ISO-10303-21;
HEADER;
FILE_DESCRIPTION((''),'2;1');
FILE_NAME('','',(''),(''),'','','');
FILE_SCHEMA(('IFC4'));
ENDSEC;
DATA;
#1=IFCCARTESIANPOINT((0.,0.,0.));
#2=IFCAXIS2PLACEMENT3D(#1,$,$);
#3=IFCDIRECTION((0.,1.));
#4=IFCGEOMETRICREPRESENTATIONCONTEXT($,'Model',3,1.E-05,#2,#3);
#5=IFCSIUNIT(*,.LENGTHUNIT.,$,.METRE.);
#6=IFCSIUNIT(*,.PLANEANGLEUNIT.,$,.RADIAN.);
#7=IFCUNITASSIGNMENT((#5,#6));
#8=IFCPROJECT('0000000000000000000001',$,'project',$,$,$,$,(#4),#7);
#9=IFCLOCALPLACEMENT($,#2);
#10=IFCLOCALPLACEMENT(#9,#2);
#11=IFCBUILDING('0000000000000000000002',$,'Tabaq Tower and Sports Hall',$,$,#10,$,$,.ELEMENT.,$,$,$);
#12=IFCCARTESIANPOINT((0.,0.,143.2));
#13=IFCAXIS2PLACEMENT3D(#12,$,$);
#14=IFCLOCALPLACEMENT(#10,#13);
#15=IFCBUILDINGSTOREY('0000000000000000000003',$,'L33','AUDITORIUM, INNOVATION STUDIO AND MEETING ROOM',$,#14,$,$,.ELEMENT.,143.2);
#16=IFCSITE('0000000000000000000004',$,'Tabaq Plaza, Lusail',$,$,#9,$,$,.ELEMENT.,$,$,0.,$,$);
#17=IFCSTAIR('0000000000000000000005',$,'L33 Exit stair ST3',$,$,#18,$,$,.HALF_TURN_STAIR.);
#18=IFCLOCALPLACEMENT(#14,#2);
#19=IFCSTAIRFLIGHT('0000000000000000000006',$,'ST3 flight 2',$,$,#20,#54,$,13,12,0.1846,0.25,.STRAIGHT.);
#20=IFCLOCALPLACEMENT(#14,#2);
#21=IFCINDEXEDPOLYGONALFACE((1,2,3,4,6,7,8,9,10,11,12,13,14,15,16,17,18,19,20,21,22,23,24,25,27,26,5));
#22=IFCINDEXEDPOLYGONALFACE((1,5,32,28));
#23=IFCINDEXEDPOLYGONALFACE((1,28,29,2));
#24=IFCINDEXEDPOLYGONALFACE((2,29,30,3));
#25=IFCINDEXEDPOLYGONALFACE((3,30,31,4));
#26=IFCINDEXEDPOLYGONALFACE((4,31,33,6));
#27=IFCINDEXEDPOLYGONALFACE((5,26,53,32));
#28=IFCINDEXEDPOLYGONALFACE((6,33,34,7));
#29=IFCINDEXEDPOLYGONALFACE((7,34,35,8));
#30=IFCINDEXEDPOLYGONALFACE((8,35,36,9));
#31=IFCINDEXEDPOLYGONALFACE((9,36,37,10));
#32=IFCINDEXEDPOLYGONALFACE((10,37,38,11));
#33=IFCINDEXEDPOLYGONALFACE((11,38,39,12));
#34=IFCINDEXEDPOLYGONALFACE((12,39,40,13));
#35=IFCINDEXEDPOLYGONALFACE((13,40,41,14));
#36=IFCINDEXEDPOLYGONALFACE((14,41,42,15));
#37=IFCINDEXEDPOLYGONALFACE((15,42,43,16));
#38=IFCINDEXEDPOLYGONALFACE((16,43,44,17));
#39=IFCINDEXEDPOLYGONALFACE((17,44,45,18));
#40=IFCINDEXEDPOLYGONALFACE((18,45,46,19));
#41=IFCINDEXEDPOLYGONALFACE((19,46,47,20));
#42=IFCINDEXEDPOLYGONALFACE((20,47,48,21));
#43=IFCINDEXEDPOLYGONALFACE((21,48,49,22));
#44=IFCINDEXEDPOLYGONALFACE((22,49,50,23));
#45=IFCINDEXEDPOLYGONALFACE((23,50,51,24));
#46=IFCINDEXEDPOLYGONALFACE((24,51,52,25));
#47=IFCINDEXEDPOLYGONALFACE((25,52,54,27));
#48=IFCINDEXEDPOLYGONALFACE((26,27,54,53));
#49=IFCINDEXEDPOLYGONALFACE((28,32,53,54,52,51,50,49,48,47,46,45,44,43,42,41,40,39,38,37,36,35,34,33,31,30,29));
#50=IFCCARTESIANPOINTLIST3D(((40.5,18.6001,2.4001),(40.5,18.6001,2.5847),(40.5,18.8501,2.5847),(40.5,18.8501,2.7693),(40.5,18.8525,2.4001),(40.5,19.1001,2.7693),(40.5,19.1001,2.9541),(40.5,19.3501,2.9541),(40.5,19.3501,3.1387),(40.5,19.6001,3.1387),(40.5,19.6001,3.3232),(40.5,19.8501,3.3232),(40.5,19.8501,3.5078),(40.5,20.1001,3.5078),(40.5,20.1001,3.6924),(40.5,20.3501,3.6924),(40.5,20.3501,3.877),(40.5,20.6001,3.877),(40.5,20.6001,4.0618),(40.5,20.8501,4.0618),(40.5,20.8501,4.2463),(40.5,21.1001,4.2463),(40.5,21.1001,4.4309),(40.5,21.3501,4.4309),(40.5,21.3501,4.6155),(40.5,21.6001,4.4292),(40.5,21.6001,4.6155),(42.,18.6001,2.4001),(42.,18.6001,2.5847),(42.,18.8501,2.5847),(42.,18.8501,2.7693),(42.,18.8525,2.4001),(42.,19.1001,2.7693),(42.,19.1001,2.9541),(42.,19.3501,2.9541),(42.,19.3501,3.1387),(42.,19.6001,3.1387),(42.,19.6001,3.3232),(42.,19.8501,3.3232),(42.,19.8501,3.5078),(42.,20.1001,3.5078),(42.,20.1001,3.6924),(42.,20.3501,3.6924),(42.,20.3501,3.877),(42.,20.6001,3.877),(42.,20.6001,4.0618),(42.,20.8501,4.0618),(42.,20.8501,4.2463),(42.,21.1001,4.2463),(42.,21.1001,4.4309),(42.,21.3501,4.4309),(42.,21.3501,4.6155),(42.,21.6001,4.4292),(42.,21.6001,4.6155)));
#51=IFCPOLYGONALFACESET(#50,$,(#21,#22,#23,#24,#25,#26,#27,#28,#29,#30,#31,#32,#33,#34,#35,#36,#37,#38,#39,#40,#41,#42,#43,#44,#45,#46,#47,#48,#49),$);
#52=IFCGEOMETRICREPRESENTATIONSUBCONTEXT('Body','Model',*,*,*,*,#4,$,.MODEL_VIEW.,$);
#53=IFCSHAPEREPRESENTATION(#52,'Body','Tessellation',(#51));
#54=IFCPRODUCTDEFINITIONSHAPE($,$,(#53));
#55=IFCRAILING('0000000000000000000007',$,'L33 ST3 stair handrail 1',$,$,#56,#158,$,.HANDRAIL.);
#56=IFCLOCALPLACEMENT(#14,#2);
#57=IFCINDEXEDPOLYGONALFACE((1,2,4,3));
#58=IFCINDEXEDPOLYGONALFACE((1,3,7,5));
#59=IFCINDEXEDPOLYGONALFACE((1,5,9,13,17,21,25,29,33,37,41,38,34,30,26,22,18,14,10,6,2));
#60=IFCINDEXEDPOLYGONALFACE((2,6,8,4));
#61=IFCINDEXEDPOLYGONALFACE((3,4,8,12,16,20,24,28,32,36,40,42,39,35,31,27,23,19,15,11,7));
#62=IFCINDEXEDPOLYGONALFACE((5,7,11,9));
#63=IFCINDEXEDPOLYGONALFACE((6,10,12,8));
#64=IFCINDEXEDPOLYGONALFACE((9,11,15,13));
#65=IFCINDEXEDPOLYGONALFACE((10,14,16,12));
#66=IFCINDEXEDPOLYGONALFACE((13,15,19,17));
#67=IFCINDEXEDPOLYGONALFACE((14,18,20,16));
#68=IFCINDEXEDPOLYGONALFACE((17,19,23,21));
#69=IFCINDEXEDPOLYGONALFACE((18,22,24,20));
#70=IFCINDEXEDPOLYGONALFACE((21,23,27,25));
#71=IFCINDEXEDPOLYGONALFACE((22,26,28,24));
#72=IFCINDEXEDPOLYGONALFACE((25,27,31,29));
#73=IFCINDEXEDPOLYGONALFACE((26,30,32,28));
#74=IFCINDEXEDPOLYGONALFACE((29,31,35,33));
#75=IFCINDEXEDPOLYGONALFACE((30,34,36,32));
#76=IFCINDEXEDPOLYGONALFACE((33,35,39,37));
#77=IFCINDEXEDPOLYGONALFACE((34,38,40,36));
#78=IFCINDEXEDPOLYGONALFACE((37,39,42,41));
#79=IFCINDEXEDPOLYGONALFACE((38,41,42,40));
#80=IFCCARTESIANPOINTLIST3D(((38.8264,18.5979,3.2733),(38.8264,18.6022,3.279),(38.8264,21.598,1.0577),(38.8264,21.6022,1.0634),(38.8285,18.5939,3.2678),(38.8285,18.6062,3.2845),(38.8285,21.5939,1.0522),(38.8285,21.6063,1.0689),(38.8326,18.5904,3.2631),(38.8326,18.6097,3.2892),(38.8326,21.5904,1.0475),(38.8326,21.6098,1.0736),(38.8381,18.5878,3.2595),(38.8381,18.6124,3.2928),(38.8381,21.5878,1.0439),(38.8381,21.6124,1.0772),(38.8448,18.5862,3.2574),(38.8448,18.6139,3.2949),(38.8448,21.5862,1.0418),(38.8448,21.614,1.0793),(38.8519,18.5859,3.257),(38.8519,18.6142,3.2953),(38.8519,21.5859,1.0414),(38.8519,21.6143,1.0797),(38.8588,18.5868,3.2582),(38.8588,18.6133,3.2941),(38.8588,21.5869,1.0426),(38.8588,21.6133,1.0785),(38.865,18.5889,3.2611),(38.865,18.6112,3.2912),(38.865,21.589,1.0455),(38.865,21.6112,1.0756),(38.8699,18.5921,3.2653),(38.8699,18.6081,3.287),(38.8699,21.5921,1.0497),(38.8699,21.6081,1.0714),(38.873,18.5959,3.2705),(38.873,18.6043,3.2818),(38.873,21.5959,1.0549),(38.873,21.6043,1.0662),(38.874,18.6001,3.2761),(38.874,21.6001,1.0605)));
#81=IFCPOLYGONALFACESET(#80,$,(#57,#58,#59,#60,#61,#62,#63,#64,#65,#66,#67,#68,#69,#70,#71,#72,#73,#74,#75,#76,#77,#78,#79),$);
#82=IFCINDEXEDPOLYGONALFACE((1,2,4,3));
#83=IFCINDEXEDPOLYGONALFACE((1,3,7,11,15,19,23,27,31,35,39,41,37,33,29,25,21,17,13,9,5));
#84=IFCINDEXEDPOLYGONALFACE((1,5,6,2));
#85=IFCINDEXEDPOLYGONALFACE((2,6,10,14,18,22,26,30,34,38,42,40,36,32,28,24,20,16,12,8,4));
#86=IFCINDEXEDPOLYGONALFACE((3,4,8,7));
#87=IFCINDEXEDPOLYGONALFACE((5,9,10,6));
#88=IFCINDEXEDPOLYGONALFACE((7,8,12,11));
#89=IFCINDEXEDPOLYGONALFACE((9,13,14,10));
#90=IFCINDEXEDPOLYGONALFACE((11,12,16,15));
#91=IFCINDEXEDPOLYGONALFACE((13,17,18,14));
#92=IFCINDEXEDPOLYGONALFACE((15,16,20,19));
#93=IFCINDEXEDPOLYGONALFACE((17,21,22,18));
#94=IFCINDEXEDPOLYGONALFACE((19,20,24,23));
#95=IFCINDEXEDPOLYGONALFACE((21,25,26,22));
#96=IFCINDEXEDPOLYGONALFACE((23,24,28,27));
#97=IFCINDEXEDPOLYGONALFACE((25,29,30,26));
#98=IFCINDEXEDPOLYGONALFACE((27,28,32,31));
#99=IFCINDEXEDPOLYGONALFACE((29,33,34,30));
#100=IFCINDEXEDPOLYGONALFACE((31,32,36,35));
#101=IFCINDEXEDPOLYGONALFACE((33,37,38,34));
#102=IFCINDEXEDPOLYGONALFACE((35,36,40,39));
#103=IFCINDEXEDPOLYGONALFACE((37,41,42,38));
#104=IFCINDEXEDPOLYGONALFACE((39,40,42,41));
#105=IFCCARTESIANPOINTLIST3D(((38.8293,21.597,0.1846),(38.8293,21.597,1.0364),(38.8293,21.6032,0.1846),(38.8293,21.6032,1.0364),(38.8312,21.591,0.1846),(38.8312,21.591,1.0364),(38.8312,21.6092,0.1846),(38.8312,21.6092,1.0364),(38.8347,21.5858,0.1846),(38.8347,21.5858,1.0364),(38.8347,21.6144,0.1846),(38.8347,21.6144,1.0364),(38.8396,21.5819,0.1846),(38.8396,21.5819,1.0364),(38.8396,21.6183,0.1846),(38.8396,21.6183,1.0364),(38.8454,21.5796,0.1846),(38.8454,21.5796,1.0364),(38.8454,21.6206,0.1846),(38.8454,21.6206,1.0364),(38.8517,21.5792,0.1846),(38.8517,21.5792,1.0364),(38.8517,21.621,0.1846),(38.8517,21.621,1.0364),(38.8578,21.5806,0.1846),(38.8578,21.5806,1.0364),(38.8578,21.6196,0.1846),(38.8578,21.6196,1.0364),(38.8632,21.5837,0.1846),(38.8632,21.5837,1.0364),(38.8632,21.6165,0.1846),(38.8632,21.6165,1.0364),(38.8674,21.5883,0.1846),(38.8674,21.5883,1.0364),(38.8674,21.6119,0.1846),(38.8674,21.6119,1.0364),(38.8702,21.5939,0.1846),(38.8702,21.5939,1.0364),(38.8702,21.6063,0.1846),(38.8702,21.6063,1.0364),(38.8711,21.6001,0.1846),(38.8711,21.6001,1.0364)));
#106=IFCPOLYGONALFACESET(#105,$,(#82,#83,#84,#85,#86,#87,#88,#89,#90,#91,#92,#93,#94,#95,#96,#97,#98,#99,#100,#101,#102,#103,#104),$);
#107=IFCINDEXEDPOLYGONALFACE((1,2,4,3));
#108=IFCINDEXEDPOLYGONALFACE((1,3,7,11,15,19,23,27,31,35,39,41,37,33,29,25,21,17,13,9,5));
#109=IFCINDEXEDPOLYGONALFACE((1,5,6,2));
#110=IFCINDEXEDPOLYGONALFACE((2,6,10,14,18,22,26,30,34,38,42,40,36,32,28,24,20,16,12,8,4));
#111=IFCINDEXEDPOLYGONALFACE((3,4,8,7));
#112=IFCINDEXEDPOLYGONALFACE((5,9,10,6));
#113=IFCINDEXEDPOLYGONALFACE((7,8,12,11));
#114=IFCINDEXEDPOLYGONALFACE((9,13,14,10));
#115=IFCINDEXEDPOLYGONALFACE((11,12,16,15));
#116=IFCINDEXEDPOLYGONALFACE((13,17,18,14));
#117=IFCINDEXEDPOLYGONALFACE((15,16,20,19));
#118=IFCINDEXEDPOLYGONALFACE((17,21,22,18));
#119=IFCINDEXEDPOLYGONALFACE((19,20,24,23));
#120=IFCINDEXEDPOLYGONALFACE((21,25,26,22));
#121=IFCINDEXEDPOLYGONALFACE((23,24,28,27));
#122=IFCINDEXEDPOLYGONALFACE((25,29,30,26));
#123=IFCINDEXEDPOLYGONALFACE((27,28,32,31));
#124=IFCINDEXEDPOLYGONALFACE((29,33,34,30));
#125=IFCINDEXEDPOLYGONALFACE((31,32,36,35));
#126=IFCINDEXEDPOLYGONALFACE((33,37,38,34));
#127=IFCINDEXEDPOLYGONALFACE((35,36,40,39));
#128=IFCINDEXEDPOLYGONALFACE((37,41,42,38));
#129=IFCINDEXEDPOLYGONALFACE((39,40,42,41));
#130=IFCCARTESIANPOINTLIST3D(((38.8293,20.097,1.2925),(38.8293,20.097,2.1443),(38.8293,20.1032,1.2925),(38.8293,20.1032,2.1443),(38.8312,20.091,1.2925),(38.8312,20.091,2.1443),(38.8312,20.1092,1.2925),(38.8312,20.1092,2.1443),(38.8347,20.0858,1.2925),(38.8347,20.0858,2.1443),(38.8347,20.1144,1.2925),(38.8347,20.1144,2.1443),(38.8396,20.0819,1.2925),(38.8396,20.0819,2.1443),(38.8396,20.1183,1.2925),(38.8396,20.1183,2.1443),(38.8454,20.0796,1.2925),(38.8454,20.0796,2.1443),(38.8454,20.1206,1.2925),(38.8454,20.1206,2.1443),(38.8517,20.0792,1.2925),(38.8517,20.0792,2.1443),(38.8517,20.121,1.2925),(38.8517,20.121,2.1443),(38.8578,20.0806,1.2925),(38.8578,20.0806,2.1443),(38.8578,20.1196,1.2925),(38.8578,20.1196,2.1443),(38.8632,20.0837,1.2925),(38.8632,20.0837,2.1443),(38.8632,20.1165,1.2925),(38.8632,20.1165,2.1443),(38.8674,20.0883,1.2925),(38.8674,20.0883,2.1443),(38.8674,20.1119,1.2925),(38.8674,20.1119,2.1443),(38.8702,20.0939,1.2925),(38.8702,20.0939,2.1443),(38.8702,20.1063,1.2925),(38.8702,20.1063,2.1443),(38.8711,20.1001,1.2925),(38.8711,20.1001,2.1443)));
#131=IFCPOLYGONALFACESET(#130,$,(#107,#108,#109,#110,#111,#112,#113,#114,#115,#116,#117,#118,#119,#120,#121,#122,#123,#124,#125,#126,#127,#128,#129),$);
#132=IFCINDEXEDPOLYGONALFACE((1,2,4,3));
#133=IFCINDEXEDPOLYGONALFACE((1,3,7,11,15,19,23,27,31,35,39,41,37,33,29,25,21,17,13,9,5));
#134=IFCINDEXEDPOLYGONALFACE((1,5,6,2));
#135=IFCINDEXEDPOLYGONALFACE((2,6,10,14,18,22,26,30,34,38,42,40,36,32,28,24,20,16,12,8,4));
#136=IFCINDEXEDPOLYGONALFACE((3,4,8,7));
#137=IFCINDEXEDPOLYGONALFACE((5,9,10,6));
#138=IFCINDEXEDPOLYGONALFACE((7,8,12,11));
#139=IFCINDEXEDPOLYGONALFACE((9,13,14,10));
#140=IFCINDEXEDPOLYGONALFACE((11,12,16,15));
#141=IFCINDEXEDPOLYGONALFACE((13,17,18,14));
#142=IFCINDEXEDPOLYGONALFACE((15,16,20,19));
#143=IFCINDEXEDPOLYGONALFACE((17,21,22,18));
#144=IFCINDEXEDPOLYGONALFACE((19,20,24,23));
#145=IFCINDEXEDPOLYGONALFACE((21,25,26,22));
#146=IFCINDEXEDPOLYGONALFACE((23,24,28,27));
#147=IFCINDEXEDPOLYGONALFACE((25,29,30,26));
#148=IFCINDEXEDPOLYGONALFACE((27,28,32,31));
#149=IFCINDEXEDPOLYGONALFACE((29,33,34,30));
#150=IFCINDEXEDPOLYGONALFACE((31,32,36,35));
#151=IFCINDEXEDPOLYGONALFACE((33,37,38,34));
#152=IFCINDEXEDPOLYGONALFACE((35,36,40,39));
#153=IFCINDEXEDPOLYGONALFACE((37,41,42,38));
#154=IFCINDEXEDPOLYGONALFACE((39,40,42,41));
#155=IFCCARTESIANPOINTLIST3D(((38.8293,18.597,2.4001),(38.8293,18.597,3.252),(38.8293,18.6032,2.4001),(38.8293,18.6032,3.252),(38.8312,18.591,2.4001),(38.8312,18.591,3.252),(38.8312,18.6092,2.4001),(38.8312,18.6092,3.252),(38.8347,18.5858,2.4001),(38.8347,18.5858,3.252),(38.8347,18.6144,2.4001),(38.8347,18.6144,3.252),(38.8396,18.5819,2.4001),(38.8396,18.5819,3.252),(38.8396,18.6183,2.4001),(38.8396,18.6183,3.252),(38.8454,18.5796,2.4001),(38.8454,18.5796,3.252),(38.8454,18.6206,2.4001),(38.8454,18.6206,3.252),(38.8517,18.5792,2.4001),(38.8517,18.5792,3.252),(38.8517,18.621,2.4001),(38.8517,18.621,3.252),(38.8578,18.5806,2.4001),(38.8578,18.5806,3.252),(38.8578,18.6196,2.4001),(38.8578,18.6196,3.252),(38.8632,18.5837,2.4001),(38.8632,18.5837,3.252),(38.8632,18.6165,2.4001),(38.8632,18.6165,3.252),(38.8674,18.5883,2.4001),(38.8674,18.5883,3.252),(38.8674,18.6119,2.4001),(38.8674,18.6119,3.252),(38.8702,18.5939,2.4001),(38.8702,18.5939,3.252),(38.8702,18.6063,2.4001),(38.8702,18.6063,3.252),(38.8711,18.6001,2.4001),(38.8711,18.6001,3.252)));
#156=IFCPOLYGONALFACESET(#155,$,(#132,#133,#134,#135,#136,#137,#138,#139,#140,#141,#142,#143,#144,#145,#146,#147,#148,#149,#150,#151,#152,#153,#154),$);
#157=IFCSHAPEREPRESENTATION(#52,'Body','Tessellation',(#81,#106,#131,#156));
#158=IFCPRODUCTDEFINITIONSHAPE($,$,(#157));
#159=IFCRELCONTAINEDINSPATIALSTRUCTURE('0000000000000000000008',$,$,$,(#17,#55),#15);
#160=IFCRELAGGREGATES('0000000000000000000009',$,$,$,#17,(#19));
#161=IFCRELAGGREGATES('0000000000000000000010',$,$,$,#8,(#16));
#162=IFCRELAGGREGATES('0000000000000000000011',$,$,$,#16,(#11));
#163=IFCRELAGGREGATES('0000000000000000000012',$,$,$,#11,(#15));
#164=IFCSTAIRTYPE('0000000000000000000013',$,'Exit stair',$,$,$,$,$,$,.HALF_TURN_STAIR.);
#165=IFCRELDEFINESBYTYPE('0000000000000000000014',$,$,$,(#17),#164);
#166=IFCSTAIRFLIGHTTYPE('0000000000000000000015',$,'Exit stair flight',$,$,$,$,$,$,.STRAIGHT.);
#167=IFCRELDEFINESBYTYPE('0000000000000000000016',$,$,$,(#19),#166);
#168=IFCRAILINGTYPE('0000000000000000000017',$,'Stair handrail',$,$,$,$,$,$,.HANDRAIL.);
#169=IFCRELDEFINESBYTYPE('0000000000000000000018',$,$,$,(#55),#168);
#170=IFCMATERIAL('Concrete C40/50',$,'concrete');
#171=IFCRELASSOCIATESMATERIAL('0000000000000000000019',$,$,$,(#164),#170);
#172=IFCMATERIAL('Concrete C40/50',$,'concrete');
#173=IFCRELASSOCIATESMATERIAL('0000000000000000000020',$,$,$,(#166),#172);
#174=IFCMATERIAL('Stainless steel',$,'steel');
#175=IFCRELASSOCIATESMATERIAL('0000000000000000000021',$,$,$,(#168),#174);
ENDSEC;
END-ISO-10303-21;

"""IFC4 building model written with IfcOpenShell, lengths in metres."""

from ifc_helpers import new_model, si_unit, direction, frame, origin, origin_2d, place, context, subcontext, project, spatial, polyline, circle, outline, extrude, material, type_object, element, aggregate, save


model = new_model("IFC4")

# Units and contexts
model_context = context("Model", 3, precision=1e-05, world=origin(), true_north=direction((0.0, 1.0)))
body_context = subcontext(model_context, "Body", "Model", "MODEL_VIEW")
ifc_project = project(units=[si_unit("LENGTHUNIT", "METRE"), si_unit("PLANEANGLEUNIT", "RADIAN")], contexts=[model_context])

# Site, building, storey
site_placement = place(None, origin())
site = spatial("IfcSite", under=ifc_project, at=site_placement, Name="Tabaq Plaza, Lusail", CompositionType="ELEMENT", RefElevation=0.0)
building_placement = place(site_placement, origin())
building = spatial("IfcBuilding", under=site, at=building_placement, Name="Tabaq Tower and Sports Hall", CompositionType="ELEMENT")
storey_placement = place(building_placement, frame((0.0, 0.0, 143.2)))
storey = spatial("IfcBuildingStorey", under=building, at=storey_placement, Name="L33", Description="AUDITORIUM, INNOVATION STUDIO AND MEETING ROOM", CompositionType="ELEMENT", Elevation=143.2)

# Stair, stair flight
ifc_material_1 = material(Name="Concrete C40/50", Category="concrete")
stair_type = type_object("IfcStairType", Name="Exit stair", PredefinedType="HALF_TURN_STAIR", material=ifc_material_1)
stair_placement = place(storey_placement, origin())
stair = element("IfcStair", 1, at=stair_placement, inside=storey, type_object=stair_type, Name="L33 Exit stair ST3", PredefinedType="HALF_TURN_STAIR")
ifc_material_2 = material(Name="Concrete C40/50", Category="concrete")
stair_flight_type = type_object("IfcStairFlightType", Name="Exit stair flight", PredefinedType="STRAIGHT", material=ifc_material_2)
stair_flight_1_placement = place(storey_placement, frame((41.25, 18.6001, 2.4001), z_axis=(0.0, 0.0, 1.0), x_axis=(0.0, 1.0, 0.0)))
stair_flight_1 = element("IfcStairFlight", 2, at=stair_flight_1_placement, type_object=stair_flight_type, Name="ST3 flight 2", NumberOfRisers=13, NumberOfTreads=12, PredefinedType="STRAIGHT", RiserHeight=0.1846, TreadLength=0.25, context=body_context, shape_type="SweptSolid", body=[
    extrude(outline(polyline([(0.0, 0.0), (0.0, 0.1846), (0.25, 0.1846), (0.25, 0.3691), (0.5, 0.3691), (0.5, 0.554), (0.75, 0.554), (0.75, 0.7385), (1.0, 0.7385), (1.0, 0.9231), (1.25, 0.9231), (1.25, 1.1077), (1.5, 1.1077), (1.5, 1.2922), (1.75, 1.2922), (1.75, 1.4768), (2.0, 1.4768), (2.0, 1.6616), (2.25, 1.6616), (2.25, 1.8462), (2.5, 1.8462), (2.5, 2.0308), (2.75, 2.0308), (2.75, 2.2153), (3.0, 2.2153), (3.0, 2.3999), (3.0, 2.0291), (0.2524, 0.0), (0.0, 0.0)])), frame((0.0, 0.75, 0.0), z_axis=(0.0, -1.0, 0.0), x_axis=(1.0, 0.0, 0.0)), (0.0, 0.0, 1.0), 1.5),
])
aggregate(stair, [stair_flight_1])

# Railing
ifc_material_3 = material(Name="Stainless steel", Category="steel")
railing_type_1 = type_object("IfcRailingType", Name="Stair handrail", PredefinedType="HANDRAIL", material=ifc_material_3)
railing_1_placement = place(storey_placement, frame((38.8501, 21.6001, 0.1846)))
element("IfcRailing", 3, at=railing_1_placement, inside=storey, type_object=railing_type_1, Name="L33 ST3 stair handrail 1", PredefinedType="HANDRAIL", context=body_context, shape_type="SweptSolid", body=[
    extrude(circle(Radius=0.0239, at=origin_2d()), frame((0.0, 0.0, 0.876), z_axis=(0.0, -0.804409, 0.594076), x_axis=(1.0, 0.0, 0.0)), (0.0, 0.0, 1.0), 3.7295),
    extrude(circle(Radius=0.021, at=origin_2d()), origin(), (0.0, 0.0, 1.0), 0.8518),
    extrude(circle(Radius=0.021, at=origin_2d()), frame((0.0, -1.5, 1.1079)), (0.0, 0.0, 1.0), 0.8518),
    extrude(circle(Radius=0.021, at=origin_2d()), frame((0.0, -3.0, 2.2156)), (0.0, 0.0, 1.0), 0.8518),
])

save(model, "model.ifc")
